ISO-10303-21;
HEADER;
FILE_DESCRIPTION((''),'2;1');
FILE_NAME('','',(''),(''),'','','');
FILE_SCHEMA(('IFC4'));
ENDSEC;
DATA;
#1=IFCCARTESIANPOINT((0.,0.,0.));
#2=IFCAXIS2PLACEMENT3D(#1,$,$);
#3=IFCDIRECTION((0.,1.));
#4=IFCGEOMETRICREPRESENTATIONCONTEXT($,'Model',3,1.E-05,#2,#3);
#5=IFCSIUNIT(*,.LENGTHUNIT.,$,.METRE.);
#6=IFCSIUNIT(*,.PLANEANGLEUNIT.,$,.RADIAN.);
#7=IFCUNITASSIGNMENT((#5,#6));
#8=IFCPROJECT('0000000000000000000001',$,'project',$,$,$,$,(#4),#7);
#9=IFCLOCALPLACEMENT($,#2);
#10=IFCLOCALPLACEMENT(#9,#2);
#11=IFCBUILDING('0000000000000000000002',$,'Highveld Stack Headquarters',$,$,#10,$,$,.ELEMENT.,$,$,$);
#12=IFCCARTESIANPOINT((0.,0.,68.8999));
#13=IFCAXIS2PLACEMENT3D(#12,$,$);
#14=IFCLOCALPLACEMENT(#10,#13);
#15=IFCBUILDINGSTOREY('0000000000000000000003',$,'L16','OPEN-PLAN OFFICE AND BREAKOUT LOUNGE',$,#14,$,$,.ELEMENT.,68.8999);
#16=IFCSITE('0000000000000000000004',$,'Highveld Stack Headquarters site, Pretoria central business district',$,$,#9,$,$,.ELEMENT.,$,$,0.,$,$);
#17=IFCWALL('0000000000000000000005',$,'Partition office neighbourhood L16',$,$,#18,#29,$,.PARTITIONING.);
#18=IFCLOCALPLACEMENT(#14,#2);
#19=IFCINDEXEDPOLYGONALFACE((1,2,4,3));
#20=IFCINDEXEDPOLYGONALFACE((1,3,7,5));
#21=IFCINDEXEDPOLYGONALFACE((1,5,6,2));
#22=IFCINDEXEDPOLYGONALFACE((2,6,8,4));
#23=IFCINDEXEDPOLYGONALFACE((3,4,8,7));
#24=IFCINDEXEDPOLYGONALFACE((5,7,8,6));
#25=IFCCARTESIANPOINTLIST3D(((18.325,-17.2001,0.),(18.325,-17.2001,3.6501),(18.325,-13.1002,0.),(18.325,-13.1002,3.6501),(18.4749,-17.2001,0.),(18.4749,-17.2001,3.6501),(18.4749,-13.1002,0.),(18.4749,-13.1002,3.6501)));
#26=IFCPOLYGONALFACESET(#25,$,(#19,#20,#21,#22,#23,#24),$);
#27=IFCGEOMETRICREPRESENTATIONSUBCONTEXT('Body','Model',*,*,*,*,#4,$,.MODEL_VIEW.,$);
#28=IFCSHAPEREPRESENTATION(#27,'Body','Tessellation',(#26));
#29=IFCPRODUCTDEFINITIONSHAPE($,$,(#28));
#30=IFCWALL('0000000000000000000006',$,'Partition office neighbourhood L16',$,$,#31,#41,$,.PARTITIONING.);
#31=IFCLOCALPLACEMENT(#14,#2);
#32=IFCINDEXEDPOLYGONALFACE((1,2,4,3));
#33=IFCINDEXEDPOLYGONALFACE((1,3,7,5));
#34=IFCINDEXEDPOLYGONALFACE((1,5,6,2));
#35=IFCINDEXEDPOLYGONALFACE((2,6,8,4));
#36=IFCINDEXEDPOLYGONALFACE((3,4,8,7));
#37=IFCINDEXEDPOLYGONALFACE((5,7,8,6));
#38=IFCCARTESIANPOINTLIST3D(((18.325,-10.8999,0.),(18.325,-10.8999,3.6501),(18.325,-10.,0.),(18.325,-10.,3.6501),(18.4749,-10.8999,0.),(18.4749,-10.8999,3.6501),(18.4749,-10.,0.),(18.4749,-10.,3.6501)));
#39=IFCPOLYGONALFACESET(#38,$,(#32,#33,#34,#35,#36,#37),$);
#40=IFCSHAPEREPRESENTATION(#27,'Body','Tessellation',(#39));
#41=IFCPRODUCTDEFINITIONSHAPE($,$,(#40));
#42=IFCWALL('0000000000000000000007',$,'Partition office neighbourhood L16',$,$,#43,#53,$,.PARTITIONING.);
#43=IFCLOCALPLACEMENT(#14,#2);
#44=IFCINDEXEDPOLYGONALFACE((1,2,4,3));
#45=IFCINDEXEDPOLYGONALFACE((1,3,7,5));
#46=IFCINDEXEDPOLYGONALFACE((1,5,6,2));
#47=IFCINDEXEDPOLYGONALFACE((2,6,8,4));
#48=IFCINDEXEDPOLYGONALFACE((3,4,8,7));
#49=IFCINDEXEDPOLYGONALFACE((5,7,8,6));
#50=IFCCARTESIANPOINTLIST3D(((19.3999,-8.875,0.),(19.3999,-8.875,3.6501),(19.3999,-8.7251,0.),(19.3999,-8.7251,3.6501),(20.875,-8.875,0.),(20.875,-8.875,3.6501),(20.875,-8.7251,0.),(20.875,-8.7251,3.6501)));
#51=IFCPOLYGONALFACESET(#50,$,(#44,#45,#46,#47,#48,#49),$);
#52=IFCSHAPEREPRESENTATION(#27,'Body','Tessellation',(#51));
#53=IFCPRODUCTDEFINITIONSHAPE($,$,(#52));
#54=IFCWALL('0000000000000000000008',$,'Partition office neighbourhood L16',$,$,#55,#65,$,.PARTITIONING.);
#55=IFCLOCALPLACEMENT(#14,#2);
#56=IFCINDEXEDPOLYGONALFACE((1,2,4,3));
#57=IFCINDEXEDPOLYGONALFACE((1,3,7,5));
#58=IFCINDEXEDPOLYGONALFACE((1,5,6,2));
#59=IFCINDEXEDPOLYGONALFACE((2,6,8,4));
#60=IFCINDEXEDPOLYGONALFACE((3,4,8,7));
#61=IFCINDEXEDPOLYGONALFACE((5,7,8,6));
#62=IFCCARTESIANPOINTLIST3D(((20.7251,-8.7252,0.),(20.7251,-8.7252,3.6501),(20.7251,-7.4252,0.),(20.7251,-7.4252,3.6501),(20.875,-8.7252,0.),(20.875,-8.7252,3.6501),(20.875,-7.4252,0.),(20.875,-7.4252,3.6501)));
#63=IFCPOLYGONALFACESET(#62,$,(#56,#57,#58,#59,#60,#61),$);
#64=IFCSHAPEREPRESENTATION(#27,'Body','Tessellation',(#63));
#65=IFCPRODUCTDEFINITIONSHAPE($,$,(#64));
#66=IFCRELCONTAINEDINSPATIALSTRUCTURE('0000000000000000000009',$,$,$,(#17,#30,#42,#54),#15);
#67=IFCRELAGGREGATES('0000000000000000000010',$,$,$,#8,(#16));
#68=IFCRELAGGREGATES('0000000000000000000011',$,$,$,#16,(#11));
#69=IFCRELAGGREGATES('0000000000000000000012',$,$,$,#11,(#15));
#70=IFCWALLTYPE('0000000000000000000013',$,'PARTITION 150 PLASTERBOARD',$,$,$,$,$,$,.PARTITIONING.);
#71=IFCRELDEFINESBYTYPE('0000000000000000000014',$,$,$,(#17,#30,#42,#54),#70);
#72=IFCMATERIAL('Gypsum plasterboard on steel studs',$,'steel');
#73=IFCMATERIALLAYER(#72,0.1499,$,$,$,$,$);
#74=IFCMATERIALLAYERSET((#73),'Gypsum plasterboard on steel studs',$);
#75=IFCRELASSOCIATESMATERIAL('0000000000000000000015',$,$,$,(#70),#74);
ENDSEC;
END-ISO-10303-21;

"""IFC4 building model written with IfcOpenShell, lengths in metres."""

from ifc_helpers import new_model, si_unit, direction, frame, frame_2d, origin, place, context, subcontext, project, spatial, rectangle, extrude, material, layer, layer_set, type_object, element, save


model = new_model("IFC4")

# Units and contexts
model_context = context("Model", 3, precision=1e-05, world=origin(), true_north=direction((0.0, 1.0)))
body_context = subcontext(model_context, "Body", "Model", "MODEL_VIEW")
ifc_project = project(units=[si_unit("LENGTHUNIT", "METRE"), si_unit("PLANEANGLEUNIT", "RADIAN")], contexts=[model_context])

# Site, building, storey
site_placement = place(None, origin())
site = spatial("IfcSite", under=ifc_project, at=site_placement, Name="Highveld Stack Headquarters site, Pretoria central business district", CompositionType="ELEMENT", RefElevation=0.0)
building_placement = place(site_placement, origin())
building = spatial("IfcBuilding", under=site, at=building_placement, Name="Highveld Stack Headquarters", CompositionType="ELEMENT")
storey_placement = place(building_placement, frame((0.0, 0.0, 68.8999)))
storey = spatial("IfcBuildingStorey", under=building, at=storey_placement, Name="L16", Description="OPEN-PLAN OFFICE AND BREAKOUT LOUNGE", CompositionType="ELEMENT", Elevation=68.8999)

# Shared definitions
ifc_material_1 = material(Name="Gypsum plasterboard on steel studs", Category="steel")
ifc_layer_1 = layer(ifc_material_1, 0.1499)
ifc_layer_set_1 = layer_set([ifc_layer_1], Name="Gypsum plasterboard on steel studs")
wall_type_1 = type_object("IfcWallType", Name="PARTITION 150 PLASTERBOARD", PredefinedType="PARTITIONING", material=ifc_layer_set_1)

# Walls
wall_1_placement = place(storey_placement, frame((18.3999, -17.2, 0.0), z_axis=(0.0, 0.0, 1.0), x_axis=(0.0, 1.0, 0.0)))
element("IfcWall", 1, at=wall_1_placement, inside=storey, type_object=wall_type_1, Name="Partition office neighbourhood L16", PredefinedType="PARTITIONING", context=body_context, shape_type="SweptSolid", body=[
    extrude(rectangle(XDim=4.0999, YDim=0.1499, at=frame_2d((2.0498, 0.0))), origin(), (0.0, 0.0, 1.0), 3.6501),
])
wall_2_placement = place(storey_placement, frame((18.3999, -10.8999, 0.0), z_axis=(0.0, 0.0, 1.0), x_axis=(0.0, 1.0, 0.0)))
element("IfcWall", 2, at=wall_2_placement, inside=storey, type_object=wall_type_1, Name="Partition office neighbourhood L16", PredefinedType="PARTITIONING", context=body_context, shape_type="SweptSolid", body=[
    extrude(rectangle(XDim=0.8999, YDim=0.1499, at=frame_2d((0.45, 0.0))), origin(), (0.0, 0.0, 1.0), 3.6501),
])
wall_3_placement = place(storey_placement, frame((19.3999, -8.8, 0.0), z_axis=(0.0, 0.0, 1.0), x_axis=(1.0, 0.0, 0.0)))
element("IfcWall", 3, at=wall_3_placement, inside=storey, type_object=wall_type_1, Name="Partition office neighbourhood L16", PredefinedType="PARTITIONING", context=body_context, shape_type="SweptSolid", body=[
    extrude(rectangle(XDim=1.4751, YDim=0.1499, at=frame_2d((0.7375, 0.0))), origin(), (0.0, 0.0, 1.0), 3.6501),
])
wall_4_placement = place(storey_placement, frame((20.8, -8.7251, 0.0), z_axis=(0.0, 0.0, 1.0), x_axis=(0.0, 1.0, 0.0)))
element("IfcWall", 4, at=wall_4_placement, inside=storey, type_object=wall_type_1, Name="Partition office neighbourhood L16", PredefinedType="PARTITIONING", context=body_context, shape_type="SweptSolid", body=[
    extrude(rectangle(XDim=1.3, YDim=0.1499, at=frame_2d((0.6499, 0.0))), origin(), (0.0, 0.0, 1.0), 3.6501),
])

save(model, "model.ifc")
